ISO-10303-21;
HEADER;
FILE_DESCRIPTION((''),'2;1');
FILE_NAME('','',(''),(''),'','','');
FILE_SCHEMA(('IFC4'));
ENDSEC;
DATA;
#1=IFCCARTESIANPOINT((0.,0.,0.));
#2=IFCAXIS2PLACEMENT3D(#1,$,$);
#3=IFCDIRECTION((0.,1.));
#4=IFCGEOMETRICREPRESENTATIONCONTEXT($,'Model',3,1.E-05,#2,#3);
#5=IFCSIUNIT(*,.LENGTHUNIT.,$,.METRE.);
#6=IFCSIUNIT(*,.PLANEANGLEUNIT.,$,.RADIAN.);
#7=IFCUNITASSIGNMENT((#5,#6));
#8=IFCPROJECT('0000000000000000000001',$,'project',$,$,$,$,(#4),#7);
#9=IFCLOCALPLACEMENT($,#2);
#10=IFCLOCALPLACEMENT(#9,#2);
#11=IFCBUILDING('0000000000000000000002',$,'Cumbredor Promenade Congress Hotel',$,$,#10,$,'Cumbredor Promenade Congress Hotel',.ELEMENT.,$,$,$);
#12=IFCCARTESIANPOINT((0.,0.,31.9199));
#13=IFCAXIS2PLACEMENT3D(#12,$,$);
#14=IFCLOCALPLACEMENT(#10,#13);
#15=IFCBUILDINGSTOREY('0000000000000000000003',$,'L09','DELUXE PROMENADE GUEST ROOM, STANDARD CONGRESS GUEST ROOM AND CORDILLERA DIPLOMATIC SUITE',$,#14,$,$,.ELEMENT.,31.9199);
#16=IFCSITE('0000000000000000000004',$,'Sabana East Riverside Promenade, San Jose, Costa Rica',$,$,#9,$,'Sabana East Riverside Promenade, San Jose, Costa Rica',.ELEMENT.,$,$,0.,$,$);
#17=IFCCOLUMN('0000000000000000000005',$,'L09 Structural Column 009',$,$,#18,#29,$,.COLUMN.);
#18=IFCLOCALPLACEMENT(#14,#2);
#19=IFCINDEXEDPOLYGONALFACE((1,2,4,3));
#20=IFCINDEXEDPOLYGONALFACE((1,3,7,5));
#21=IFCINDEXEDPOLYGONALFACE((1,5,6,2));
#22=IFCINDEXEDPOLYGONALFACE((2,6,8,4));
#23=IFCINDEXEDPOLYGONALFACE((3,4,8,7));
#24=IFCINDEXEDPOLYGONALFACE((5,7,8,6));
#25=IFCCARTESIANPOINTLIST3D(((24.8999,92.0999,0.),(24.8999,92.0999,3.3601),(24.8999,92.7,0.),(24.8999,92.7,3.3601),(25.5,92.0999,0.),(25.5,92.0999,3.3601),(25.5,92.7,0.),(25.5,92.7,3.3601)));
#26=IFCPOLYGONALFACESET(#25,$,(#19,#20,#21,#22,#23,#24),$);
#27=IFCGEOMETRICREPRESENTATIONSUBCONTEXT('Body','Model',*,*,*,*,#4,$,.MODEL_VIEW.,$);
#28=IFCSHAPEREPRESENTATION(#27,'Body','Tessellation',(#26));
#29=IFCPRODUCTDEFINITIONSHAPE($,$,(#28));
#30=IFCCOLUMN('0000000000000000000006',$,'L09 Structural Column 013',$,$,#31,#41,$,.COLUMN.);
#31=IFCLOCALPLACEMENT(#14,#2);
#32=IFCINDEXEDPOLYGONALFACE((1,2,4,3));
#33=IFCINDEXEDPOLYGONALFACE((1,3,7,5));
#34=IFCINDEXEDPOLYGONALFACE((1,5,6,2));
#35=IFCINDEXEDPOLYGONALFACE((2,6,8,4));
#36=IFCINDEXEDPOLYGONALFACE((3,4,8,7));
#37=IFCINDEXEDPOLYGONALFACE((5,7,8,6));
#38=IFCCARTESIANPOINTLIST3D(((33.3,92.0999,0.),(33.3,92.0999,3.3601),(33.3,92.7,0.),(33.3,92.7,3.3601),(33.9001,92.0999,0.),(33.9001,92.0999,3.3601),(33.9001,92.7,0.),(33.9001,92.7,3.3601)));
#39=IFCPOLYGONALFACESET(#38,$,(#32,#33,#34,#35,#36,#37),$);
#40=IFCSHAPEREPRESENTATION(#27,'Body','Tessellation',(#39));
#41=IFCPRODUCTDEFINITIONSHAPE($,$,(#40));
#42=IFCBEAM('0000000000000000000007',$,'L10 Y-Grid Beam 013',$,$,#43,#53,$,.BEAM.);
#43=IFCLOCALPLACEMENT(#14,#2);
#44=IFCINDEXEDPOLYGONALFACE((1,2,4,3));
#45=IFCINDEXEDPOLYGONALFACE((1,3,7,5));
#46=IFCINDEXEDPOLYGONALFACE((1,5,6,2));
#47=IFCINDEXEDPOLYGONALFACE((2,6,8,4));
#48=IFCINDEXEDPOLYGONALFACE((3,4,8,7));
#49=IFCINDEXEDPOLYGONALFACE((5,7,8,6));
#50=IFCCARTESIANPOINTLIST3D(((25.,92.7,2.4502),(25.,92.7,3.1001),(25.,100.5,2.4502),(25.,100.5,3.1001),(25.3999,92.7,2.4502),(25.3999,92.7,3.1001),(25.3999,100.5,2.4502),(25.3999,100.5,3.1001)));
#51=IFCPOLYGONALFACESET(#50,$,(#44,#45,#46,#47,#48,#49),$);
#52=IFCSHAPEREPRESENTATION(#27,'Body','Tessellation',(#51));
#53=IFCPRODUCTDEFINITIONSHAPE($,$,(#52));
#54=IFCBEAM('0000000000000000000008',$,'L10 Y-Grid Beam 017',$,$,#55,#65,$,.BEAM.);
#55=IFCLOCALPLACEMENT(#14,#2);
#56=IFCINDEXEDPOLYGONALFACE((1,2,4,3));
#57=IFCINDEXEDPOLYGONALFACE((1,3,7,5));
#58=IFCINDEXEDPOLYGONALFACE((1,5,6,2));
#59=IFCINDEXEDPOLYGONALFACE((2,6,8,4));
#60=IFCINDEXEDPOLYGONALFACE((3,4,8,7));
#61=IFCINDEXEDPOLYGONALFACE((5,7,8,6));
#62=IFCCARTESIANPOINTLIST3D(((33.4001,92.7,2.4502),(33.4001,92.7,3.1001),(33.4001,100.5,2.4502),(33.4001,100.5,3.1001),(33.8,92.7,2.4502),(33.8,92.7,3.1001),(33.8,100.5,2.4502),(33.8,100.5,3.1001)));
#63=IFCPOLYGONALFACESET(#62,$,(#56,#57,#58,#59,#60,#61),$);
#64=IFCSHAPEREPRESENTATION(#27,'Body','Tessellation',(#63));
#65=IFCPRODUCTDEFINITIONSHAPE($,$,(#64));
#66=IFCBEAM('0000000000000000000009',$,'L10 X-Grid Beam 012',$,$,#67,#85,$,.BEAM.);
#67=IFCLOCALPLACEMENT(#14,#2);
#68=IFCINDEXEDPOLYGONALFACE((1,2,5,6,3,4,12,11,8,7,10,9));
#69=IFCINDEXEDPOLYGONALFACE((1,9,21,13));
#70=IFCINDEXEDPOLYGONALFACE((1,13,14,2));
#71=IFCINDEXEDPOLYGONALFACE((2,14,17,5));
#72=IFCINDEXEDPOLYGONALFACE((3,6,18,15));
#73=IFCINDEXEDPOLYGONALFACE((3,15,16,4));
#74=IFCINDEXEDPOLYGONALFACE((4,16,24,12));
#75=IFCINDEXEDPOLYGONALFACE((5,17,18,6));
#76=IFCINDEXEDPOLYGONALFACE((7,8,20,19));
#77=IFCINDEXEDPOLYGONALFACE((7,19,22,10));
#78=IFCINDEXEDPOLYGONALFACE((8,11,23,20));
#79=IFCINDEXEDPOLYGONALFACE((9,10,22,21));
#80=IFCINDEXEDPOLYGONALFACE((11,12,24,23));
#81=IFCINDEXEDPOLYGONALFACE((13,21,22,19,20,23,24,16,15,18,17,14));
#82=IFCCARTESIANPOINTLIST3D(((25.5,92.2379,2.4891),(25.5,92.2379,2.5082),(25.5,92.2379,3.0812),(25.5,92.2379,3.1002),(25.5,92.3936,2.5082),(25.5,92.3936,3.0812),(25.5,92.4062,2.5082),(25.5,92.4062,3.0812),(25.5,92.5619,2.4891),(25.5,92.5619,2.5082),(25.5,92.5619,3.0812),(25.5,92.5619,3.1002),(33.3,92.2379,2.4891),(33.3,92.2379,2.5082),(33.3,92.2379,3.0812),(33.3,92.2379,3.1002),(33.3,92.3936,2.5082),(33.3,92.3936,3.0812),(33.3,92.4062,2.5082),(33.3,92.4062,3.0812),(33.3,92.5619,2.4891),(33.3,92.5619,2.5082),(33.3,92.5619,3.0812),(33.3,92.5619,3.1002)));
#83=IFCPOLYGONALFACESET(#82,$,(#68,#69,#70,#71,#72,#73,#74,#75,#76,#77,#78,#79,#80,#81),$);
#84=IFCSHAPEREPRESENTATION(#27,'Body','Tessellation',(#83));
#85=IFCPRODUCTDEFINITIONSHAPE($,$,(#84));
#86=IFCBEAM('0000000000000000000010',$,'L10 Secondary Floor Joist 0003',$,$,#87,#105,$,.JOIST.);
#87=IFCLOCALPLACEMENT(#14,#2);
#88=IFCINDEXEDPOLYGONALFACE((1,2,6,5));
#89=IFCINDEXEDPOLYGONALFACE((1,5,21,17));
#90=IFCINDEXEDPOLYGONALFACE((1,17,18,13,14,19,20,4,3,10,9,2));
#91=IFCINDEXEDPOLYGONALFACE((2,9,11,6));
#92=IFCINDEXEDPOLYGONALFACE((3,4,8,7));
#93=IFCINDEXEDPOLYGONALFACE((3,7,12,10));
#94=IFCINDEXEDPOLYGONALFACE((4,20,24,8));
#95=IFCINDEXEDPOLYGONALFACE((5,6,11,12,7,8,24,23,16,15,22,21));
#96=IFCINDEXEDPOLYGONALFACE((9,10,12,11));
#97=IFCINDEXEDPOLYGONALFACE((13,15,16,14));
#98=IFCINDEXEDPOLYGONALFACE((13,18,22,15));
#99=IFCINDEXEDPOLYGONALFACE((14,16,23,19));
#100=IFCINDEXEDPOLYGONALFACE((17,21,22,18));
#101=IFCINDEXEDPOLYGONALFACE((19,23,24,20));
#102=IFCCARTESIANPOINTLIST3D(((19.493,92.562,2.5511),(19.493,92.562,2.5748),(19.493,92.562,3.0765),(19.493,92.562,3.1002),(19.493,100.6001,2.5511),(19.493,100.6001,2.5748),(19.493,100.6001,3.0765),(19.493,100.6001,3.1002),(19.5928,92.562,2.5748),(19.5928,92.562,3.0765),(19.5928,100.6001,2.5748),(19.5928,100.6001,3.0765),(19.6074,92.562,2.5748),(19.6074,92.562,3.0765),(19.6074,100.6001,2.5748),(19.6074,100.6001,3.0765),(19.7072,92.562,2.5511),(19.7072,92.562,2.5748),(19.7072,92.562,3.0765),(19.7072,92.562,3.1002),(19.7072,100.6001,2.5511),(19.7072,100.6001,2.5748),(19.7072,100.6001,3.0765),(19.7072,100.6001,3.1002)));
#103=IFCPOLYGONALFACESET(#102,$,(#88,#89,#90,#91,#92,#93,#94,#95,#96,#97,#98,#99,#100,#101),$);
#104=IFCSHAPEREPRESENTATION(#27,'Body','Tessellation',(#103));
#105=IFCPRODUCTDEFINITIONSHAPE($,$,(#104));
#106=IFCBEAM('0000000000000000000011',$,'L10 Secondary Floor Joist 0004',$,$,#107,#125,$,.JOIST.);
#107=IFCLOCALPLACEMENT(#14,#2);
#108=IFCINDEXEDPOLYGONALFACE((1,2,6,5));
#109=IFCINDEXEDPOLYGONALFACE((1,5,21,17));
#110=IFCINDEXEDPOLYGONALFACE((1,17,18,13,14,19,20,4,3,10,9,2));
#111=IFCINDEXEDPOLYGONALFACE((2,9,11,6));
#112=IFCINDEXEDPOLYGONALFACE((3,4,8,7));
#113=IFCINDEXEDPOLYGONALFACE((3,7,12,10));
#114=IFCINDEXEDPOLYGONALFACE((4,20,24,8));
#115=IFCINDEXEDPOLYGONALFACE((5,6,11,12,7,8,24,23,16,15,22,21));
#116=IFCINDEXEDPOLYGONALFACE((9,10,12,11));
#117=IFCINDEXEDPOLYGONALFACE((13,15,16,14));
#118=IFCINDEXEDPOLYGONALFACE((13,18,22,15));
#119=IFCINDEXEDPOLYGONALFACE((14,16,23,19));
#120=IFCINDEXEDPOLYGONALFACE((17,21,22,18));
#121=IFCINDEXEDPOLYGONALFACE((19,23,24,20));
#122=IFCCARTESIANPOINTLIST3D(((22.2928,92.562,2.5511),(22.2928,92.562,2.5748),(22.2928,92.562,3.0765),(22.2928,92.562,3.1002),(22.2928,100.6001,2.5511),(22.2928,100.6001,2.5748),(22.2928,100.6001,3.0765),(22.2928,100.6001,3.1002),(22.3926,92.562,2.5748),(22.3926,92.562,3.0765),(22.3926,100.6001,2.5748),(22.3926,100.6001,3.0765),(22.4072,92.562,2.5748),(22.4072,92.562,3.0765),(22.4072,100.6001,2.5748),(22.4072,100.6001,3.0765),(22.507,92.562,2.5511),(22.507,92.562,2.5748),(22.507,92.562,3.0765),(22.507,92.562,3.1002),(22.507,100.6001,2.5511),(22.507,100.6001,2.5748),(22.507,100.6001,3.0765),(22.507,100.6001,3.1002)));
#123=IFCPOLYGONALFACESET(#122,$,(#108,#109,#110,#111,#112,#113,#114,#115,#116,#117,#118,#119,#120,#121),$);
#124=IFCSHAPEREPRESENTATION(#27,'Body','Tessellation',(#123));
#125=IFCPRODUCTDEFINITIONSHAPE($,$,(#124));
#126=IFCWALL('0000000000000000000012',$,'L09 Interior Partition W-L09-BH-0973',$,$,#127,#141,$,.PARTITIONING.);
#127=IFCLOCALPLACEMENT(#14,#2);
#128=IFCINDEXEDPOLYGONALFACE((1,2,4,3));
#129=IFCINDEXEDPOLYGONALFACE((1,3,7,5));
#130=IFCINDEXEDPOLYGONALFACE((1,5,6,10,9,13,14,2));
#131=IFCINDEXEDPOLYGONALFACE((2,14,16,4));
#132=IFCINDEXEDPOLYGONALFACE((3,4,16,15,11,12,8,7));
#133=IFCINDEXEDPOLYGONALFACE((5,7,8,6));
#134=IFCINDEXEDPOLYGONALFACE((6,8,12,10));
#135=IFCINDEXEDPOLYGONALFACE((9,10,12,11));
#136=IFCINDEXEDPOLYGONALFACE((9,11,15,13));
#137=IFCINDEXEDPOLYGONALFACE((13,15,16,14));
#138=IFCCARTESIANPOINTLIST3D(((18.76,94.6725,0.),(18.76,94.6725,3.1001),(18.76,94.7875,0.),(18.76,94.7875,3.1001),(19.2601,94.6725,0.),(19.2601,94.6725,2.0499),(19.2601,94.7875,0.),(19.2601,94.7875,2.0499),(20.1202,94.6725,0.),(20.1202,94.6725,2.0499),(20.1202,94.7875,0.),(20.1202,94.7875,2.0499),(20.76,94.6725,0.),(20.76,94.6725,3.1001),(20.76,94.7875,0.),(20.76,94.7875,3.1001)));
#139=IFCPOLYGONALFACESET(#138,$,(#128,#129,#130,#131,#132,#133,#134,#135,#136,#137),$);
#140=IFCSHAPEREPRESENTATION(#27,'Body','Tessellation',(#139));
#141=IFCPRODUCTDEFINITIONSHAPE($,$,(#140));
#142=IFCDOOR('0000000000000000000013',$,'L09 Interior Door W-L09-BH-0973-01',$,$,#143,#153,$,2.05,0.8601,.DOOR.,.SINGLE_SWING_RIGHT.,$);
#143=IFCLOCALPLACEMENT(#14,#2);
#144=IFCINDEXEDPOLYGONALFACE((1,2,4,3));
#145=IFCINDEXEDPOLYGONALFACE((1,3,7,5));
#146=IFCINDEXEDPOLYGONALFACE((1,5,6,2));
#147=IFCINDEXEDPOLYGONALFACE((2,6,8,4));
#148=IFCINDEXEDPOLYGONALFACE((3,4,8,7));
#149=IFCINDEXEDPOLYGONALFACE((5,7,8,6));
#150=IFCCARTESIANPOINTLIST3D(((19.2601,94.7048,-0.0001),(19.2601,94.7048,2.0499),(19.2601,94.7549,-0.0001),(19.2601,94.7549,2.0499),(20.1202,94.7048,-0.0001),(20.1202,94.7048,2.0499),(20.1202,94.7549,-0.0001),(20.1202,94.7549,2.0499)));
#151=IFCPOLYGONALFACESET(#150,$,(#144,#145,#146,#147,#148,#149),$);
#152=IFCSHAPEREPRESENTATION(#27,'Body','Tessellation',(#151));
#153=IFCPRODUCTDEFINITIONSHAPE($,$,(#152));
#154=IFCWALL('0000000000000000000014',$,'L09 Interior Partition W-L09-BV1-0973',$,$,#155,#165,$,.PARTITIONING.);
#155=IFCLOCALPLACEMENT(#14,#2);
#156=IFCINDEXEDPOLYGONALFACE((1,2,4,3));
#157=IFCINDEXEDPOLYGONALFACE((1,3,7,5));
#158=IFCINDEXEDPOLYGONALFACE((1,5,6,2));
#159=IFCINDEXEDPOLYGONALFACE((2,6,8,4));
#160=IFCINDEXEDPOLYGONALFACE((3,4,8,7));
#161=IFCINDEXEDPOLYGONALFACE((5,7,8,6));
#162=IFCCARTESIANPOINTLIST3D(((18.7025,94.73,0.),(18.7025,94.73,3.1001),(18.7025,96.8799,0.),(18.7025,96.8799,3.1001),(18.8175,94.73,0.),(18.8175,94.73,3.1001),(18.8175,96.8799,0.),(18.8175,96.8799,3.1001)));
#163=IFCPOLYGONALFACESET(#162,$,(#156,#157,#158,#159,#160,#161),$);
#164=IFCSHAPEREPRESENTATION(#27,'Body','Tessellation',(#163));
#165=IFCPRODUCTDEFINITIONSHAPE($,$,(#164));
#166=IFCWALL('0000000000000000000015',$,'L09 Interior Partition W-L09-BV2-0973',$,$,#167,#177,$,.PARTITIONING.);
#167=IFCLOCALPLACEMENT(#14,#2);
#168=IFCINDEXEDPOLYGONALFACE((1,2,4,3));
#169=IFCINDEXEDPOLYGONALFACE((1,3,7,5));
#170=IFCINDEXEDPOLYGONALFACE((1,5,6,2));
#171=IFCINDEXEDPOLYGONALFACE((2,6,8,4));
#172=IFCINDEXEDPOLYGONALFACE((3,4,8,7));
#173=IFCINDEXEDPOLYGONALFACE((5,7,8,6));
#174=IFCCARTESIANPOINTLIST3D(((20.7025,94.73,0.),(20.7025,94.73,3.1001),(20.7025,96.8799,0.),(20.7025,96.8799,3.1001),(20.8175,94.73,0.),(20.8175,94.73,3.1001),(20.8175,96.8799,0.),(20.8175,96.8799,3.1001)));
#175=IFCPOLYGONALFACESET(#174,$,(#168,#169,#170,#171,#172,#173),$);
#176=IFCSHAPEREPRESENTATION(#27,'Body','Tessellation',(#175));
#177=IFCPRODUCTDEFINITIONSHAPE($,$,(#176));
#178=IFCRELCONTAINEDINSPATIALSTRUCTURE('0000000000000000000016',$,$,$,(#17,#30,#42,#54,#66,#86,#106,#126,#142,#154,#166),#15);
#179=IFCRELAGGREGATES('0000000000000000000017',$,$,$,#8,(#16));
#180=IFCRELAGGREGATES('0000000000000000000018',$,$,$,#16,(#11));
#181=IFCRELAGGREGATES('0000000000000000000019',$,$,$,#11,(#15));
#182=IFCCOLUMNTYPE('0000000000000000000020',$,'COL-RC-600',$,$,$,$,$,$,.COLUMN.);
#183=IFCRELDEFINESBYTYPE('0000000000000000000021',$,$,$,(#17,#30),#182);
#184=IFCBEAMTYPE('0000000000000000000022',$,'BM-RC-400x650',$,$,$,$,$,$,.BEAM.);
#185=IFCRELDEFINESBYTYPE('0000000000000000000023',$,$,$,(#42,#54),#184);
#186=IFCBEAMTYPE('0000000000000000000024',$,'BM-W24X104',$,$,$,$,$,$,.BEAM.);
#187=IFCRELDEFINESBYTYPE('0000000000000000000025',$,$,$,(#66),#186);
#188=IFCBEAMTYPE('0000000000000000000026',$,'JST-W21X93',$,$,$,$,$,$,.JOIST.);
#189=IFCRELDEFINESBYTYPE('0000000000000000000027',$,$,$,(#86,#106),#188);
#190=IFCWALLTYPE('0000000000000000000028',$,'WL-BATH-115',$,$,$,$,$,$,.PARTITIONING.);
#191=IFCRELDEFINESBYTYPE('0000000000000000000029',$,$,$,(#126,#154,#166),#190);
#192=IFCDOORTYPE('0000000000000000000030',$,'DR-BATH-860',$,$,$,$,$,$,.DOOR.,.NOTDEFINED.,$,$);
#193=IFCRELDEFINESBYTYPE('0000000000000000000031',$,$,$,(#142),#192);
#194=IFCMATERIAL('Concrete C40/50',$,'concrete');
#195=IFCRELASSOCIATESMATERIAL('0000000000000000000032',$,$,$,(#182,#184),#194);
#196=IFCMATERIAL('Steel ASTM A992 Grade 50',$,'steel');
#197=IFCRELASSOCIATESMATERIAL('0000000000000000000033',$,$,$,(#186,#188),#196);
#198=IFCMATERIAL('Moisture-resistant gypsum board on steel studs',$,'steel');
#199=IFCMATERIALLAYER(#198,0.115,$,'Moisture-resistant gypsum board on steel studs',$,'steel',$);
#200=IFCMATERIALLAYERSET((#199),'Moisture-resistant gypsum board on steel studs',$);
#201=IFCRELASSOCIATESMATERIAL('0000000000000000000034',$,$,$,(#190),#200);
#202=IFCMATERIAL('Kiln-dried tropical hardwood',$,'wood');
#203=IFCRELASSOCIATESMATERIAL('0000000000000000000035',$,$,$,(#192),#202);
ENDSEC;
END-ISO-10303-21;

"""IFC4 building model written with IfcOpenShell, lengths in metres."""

from ifc_helpers import new_model, si_unit, direction, frame, frame_2d, origin, origin_2d, place, context, subcontext, project, spatial, rectangle, i_section, extrude, material, layer, layer_set, material_profile, profile_set, type_object, element, fill, save


model = new_model("IFC4")

# Units and contexts
model_context = context("Model", 3, precision=1e-05, world=origin(), true_north=direction((0.0, 1.0)))
body_context = subcontext(model_context, "Body", "Model", "MODEL_VIEW")
ifc_project = project(units=[si_unit("LENGTHUNIT", "METRE"), si_unit("PLANEANGLEUNIT", "RADIAN")], contexts=[model_context])

# Site, building, storey
site_placement = place(None, origin())
site = spatial("IfcSite", under=ifc_project, at=site_placement, Name="Sabana East Riverside Promenade, San Jose, Costa Rica", LongName="Sabana East Riverside Promenade, San Jose, Costa Rica", CompositionType="ELEMENT", RefElevation=0.0)
building_placement = place(site_placement, origin())
building = spatial("IfcBuilding", under=site, at=building_placement, Name="Cumbredor Promenade Congress Hotel", LongName="Cumbredor Promenade Congress Hotel", CompositionType="ELEMENT")
storey_placement = place(building_placement, frame((0.0, 0.0, 31.9199)))
storey = spatial("IfcBuildingStorey", under=building, at=storey_placement, Name="L09", Description="DELUXE PROMENADE GUEST ROOM, STANDARD CONGRESS GUEST ROOM AND CORDILLERA DIPLOMATIC SUITE", CompositionType="ELEMENT", Elevation=31.9199)

# Columns
ifc_material_1 = material(Name="Concrete C40/50", Category="concrete")
ifc_material_profile_1 = material_profile(ifc_material_1, rectangle(XDim=0.6001, YDim=0.6001, at=origin_2d()), Name="RC 600x600")
ifc_profile_set_1 = profile_set([ifc_material_profile_1], Name="Concrete C40/50")
column_type = type_object("IfcColumnType", Name="COL-RC-600", PredefinedType="COLUMN", material=ifc_profile_set_1)
for number, where, z_axis, x_axis, name in (
    (1, (25.2, 92.3999, 0.0), (0.0, 0.0, 1.0), (1.0, 0.0, 0.0), "L09 Structural Column 009"),
    (2, (33.6001, 92.3999, 0.0), (0.0, 0.0, 1.0), (1.0, 0.0, 0.0), "L09 Structural Column 013"),
):
    element("IfcColumn", number, at=place(storey_placement, frame(where, z_axis=z_axis, x_axis=x_axis)), inside=storey, type_object=column_type, Name=name, PredefinedType="COLUMN", context=body_context, shape_type="SweptSolid", body=[
        extrude(rectangle(XDim=0.6001, YDim=0.6001, at=origin_2d()), origin(), (0.0, 0.0, 1.0), 3.3601),
    ])

# Beams
ifc_material_profile_2 = material_profile(ifc_material_1, rectangle(XDim=0.3999, YDim=0.6499, at=origin_2d()), Name="RC BEAM 400x650")
ifc_profile_set_2 = profile_set([ifc_material_profile_2], Name="Concrete C40/50")
beam_type_1 = type_object("IfcBeamType", Name="BM-RC-400x650", PredefinedType="BEAM", material=ifc_profile_set_2)
for number, where, z_axis, x_axis, name in (
    (3, (25.2, 92.7, 2.7751), (0.0, 1.0, 0.0), (-1.0, 0.0, 0.0), "L10 Y-Grid Beam 013"),
    (4, (33.6001, 92.7, 2.7751), (0.0, 1.0, 0.0), (-1.0, 0.0, 0.0), "L10 Y-Grid Beam 017"),
):
    element("IfcBeam", number, at=place(storey_placement, frame(where, z_axis=z_axis, x_axis=x_axis)), inside=storey, type_object=beam_type_1, Name=name, PredefinedType="BEAM", context=body_context, shape_type="SweptSolid", body=[
        extrude(rectangle(XDim=0.3999, YDim=0.6499, at=origin_2d()), origin(), (0.0, 0.0, 1.0), 7.8),
    ])
ifc_material_2 = material(Name="Steel ASTM A992 Grade 50", Category="steel")
ifc_material_profile_3 = material_profile(ifc_material_2, i_section(OverallWidth=0.324, OverallDepth=0.6111, WebThickness=0.0127, FlangeThickness=0.019, at=origin_2d()), Name="W24X104")
ifc_profile_set_3 = profile_set([ifc_material_profile_3], Name="Steel ASTM A992 Grade 50")
beam_type_2 = type_object("IfcBeamType", Name="BM-W24X104", PredefinedType="BEAM", material=ifc_profile_set_3)
beam_placement = place(storey_placement, frame((25.5, 92.3999, 2.7947), z_axis=(1.0, 0.0, 0.0), x_axis=(0.0, 1.0, 0.0)))
element("IfcBeam", 5, at=beam_placement, inside=storey, type_object=beam_type_2, Name="L10 X-Grid Beam 012", PredefinedType="BEAM", context=body_context, shape_type="SweptSolid", body=[
    extrude(i_section(OverallWidth=0.324, OverallDepth=0.6111, WebThickness=0.0127, FlangeThickness=0.019, at=origin_2d()), origin(), (0.0, 0.0, 1.0), 7.8),
])
ifc_material_profile_4 = material_profile(ifc_material_2, i_section(OverallWidth=0.2141, OverallDepth=0.5491, WebThickness=0.0146, FlangeThickness=0.0237, at=origin_2d()), Name="W21X93")
ifc_profile_set_4 = profile_set([ifc_material_profile_4], Name="Steel ASTM A992 Grade 50")
beam_type_3 = type_object("IfcBeamType", Name="JST-W21X93", PredefinedType="JOIST", material=ifc_profile_set_4)
for number, where, z_axis, x_axis, name in (
    (6, (19.6001, 92.562, 2.8257), (0.0, 1.0, 0.0), (-1.0, 0.0, 0.0), "L10 Secondary Floor Joist 0003"),
    (7, (22.3999, 92.562, 2.8257), (0.0, 1.0, 0.0), (-1.0, 0.0, 0.0), "L10 Secondary Floor Joist 0004"),
):
    element("IfcBeam", number, at=place(storey_placement, frame(where, z_axis=z_axis, x_axis=x_axis)), inside=storey, type_object=beam_type_3, Name=name, PredefinedType="JOIST", context=body_context, shape_type="SweptSolid", body=[
        extrude(i_section(OverallWidth=0.2141, OverallDepth=0.5491, WebThickness=0.0146, FlangeThickness=0.0237, at=origin_2d()), origin(), (0.0, 0.0, 1.0), 8.0381),
    ])

# Wall, opening, door
ifc_material_3 = material(Name="Moisture-resistant gypsum board on steel studs", Category="steel")
ifc_layer_1 = layer(ifc_material_3, 0.115, Name="Moisture-resistant gypsum board on steel studs", Category="steel")
ifc_layer_set_1 = layer_set([ifc_layer_1], Name="Moisture-resistant gypsum board on steel studs")
wall_type_1 = type_object("IfcWallType", Name="WL-BATH-115", PredefinedType="PARTITIONING", material=ifc_layer_set_1)
wall_1_placement = place(storey_placement, frame((18.76, 94.73, 0.0), z_axis=(0.0, 0.0, 1.0), x_axis=(1.0, 0.0, 0.0)))
wall_1 = element("IfcWall", 8, at=wall_1_placement, inside=storey, type_object=wall_type_1, Name="L09 Interior Partition W-L09-BH-0973", PredefinedType="PARTITIONING", context=body_context, shape_type="SweptSolid", body=[
    extrude(rectangle(XDim=2.0, YDim=0.115, at=frame_2d((1.0, 0.0))), origin(), (0.0, 0.0, 1.0), 3.1001),
])
opening_1_placement = place(wall_1_placement, frame((0.5, 0.0, 0.0)))
opening_1 = element("IfcOpeningElement", 9, at=opening_1_placement, cuts=wall_1, PredefinedType="OPENING", context=body_context, shape_type="SweptSolid", body=[
    extrude(rectangle(XDim=0.8601, YDim=2.05, at=frame_2d((0.4302, 1.0249))), frame((0.0, 0.0674, 0.0), z_axis=(0.0, -1.0, 0.0), x_axis=(1.0, 0.0, 0.0)), (0.0, 0.0, 1.0), 0.135),
])
ifc_material_4 = material(Name="Kiln-dried tropical hardwood", Category="wood")
door_type_1 = type_object("IfcDoorType", Name="DR-BATH-860", OperationType="NOTDEFINED", PredefinedType="DOOR", material=ifc_material_4)
door_1_placement = place(opening_1_placement, origin())
door_1 = element("IfcDoor", 10, at=door_1_placement, inside=storey, type_object=door_type_1, Name="L09 Interior Door W-L09-BH-0973-01", OperationType="SINGLE_SWING_RIGHT", OverallHeight=2.05, OverallWidth=0.8601, PredefinedType="DOOR", context=body_context, shape_type="SweptSolid", body=[
    extrude(rectangle(XDim=0.8601, YDim=2.05, at=frame_2d((0.4302, 1.0249))), frame((0.0, 0.0249, 0.0), z_axis=(0.0, -1.0, 0.0), x_axis=(1.0, 0.0, 0.0)), (0.0, 0.0, 1.0), 0.05),
])
fill(opening_1, door_1)

# Walls
for number, where, z_axis, x_axis, name in (
    (11, (18.76, 94.73, 0.0), (0.0, 0.0, 1.0), (0.0, 1.0, 0.0), "L09 Interior Partition W-L09-BV1-0973"),
    (12, (20.76, 94.73, 0.0), (0.0, 0.0, 1.0), (0.0, 1.0, 0.0), "L09 Interior Partition W-L09-BV2-0973"),
):
    element("IfcWall", number, at=place(storey_placement, frame(where, z_axis=z_axis, x_axis=x_axis)), inside=storey, type_object=wall_type_1, Name=name, PredefinedType="PARTITIONING", context=body_context, shape_type="SweptSolid", body=[
        extrude(rectangle(XDim=2.1499, YDim=0.115, at=frame_2d((1.075, 0.0))), origin(), (0.0, 0.0, 1.0), 3.1001),
    ])

save(model, "model.ifc")
